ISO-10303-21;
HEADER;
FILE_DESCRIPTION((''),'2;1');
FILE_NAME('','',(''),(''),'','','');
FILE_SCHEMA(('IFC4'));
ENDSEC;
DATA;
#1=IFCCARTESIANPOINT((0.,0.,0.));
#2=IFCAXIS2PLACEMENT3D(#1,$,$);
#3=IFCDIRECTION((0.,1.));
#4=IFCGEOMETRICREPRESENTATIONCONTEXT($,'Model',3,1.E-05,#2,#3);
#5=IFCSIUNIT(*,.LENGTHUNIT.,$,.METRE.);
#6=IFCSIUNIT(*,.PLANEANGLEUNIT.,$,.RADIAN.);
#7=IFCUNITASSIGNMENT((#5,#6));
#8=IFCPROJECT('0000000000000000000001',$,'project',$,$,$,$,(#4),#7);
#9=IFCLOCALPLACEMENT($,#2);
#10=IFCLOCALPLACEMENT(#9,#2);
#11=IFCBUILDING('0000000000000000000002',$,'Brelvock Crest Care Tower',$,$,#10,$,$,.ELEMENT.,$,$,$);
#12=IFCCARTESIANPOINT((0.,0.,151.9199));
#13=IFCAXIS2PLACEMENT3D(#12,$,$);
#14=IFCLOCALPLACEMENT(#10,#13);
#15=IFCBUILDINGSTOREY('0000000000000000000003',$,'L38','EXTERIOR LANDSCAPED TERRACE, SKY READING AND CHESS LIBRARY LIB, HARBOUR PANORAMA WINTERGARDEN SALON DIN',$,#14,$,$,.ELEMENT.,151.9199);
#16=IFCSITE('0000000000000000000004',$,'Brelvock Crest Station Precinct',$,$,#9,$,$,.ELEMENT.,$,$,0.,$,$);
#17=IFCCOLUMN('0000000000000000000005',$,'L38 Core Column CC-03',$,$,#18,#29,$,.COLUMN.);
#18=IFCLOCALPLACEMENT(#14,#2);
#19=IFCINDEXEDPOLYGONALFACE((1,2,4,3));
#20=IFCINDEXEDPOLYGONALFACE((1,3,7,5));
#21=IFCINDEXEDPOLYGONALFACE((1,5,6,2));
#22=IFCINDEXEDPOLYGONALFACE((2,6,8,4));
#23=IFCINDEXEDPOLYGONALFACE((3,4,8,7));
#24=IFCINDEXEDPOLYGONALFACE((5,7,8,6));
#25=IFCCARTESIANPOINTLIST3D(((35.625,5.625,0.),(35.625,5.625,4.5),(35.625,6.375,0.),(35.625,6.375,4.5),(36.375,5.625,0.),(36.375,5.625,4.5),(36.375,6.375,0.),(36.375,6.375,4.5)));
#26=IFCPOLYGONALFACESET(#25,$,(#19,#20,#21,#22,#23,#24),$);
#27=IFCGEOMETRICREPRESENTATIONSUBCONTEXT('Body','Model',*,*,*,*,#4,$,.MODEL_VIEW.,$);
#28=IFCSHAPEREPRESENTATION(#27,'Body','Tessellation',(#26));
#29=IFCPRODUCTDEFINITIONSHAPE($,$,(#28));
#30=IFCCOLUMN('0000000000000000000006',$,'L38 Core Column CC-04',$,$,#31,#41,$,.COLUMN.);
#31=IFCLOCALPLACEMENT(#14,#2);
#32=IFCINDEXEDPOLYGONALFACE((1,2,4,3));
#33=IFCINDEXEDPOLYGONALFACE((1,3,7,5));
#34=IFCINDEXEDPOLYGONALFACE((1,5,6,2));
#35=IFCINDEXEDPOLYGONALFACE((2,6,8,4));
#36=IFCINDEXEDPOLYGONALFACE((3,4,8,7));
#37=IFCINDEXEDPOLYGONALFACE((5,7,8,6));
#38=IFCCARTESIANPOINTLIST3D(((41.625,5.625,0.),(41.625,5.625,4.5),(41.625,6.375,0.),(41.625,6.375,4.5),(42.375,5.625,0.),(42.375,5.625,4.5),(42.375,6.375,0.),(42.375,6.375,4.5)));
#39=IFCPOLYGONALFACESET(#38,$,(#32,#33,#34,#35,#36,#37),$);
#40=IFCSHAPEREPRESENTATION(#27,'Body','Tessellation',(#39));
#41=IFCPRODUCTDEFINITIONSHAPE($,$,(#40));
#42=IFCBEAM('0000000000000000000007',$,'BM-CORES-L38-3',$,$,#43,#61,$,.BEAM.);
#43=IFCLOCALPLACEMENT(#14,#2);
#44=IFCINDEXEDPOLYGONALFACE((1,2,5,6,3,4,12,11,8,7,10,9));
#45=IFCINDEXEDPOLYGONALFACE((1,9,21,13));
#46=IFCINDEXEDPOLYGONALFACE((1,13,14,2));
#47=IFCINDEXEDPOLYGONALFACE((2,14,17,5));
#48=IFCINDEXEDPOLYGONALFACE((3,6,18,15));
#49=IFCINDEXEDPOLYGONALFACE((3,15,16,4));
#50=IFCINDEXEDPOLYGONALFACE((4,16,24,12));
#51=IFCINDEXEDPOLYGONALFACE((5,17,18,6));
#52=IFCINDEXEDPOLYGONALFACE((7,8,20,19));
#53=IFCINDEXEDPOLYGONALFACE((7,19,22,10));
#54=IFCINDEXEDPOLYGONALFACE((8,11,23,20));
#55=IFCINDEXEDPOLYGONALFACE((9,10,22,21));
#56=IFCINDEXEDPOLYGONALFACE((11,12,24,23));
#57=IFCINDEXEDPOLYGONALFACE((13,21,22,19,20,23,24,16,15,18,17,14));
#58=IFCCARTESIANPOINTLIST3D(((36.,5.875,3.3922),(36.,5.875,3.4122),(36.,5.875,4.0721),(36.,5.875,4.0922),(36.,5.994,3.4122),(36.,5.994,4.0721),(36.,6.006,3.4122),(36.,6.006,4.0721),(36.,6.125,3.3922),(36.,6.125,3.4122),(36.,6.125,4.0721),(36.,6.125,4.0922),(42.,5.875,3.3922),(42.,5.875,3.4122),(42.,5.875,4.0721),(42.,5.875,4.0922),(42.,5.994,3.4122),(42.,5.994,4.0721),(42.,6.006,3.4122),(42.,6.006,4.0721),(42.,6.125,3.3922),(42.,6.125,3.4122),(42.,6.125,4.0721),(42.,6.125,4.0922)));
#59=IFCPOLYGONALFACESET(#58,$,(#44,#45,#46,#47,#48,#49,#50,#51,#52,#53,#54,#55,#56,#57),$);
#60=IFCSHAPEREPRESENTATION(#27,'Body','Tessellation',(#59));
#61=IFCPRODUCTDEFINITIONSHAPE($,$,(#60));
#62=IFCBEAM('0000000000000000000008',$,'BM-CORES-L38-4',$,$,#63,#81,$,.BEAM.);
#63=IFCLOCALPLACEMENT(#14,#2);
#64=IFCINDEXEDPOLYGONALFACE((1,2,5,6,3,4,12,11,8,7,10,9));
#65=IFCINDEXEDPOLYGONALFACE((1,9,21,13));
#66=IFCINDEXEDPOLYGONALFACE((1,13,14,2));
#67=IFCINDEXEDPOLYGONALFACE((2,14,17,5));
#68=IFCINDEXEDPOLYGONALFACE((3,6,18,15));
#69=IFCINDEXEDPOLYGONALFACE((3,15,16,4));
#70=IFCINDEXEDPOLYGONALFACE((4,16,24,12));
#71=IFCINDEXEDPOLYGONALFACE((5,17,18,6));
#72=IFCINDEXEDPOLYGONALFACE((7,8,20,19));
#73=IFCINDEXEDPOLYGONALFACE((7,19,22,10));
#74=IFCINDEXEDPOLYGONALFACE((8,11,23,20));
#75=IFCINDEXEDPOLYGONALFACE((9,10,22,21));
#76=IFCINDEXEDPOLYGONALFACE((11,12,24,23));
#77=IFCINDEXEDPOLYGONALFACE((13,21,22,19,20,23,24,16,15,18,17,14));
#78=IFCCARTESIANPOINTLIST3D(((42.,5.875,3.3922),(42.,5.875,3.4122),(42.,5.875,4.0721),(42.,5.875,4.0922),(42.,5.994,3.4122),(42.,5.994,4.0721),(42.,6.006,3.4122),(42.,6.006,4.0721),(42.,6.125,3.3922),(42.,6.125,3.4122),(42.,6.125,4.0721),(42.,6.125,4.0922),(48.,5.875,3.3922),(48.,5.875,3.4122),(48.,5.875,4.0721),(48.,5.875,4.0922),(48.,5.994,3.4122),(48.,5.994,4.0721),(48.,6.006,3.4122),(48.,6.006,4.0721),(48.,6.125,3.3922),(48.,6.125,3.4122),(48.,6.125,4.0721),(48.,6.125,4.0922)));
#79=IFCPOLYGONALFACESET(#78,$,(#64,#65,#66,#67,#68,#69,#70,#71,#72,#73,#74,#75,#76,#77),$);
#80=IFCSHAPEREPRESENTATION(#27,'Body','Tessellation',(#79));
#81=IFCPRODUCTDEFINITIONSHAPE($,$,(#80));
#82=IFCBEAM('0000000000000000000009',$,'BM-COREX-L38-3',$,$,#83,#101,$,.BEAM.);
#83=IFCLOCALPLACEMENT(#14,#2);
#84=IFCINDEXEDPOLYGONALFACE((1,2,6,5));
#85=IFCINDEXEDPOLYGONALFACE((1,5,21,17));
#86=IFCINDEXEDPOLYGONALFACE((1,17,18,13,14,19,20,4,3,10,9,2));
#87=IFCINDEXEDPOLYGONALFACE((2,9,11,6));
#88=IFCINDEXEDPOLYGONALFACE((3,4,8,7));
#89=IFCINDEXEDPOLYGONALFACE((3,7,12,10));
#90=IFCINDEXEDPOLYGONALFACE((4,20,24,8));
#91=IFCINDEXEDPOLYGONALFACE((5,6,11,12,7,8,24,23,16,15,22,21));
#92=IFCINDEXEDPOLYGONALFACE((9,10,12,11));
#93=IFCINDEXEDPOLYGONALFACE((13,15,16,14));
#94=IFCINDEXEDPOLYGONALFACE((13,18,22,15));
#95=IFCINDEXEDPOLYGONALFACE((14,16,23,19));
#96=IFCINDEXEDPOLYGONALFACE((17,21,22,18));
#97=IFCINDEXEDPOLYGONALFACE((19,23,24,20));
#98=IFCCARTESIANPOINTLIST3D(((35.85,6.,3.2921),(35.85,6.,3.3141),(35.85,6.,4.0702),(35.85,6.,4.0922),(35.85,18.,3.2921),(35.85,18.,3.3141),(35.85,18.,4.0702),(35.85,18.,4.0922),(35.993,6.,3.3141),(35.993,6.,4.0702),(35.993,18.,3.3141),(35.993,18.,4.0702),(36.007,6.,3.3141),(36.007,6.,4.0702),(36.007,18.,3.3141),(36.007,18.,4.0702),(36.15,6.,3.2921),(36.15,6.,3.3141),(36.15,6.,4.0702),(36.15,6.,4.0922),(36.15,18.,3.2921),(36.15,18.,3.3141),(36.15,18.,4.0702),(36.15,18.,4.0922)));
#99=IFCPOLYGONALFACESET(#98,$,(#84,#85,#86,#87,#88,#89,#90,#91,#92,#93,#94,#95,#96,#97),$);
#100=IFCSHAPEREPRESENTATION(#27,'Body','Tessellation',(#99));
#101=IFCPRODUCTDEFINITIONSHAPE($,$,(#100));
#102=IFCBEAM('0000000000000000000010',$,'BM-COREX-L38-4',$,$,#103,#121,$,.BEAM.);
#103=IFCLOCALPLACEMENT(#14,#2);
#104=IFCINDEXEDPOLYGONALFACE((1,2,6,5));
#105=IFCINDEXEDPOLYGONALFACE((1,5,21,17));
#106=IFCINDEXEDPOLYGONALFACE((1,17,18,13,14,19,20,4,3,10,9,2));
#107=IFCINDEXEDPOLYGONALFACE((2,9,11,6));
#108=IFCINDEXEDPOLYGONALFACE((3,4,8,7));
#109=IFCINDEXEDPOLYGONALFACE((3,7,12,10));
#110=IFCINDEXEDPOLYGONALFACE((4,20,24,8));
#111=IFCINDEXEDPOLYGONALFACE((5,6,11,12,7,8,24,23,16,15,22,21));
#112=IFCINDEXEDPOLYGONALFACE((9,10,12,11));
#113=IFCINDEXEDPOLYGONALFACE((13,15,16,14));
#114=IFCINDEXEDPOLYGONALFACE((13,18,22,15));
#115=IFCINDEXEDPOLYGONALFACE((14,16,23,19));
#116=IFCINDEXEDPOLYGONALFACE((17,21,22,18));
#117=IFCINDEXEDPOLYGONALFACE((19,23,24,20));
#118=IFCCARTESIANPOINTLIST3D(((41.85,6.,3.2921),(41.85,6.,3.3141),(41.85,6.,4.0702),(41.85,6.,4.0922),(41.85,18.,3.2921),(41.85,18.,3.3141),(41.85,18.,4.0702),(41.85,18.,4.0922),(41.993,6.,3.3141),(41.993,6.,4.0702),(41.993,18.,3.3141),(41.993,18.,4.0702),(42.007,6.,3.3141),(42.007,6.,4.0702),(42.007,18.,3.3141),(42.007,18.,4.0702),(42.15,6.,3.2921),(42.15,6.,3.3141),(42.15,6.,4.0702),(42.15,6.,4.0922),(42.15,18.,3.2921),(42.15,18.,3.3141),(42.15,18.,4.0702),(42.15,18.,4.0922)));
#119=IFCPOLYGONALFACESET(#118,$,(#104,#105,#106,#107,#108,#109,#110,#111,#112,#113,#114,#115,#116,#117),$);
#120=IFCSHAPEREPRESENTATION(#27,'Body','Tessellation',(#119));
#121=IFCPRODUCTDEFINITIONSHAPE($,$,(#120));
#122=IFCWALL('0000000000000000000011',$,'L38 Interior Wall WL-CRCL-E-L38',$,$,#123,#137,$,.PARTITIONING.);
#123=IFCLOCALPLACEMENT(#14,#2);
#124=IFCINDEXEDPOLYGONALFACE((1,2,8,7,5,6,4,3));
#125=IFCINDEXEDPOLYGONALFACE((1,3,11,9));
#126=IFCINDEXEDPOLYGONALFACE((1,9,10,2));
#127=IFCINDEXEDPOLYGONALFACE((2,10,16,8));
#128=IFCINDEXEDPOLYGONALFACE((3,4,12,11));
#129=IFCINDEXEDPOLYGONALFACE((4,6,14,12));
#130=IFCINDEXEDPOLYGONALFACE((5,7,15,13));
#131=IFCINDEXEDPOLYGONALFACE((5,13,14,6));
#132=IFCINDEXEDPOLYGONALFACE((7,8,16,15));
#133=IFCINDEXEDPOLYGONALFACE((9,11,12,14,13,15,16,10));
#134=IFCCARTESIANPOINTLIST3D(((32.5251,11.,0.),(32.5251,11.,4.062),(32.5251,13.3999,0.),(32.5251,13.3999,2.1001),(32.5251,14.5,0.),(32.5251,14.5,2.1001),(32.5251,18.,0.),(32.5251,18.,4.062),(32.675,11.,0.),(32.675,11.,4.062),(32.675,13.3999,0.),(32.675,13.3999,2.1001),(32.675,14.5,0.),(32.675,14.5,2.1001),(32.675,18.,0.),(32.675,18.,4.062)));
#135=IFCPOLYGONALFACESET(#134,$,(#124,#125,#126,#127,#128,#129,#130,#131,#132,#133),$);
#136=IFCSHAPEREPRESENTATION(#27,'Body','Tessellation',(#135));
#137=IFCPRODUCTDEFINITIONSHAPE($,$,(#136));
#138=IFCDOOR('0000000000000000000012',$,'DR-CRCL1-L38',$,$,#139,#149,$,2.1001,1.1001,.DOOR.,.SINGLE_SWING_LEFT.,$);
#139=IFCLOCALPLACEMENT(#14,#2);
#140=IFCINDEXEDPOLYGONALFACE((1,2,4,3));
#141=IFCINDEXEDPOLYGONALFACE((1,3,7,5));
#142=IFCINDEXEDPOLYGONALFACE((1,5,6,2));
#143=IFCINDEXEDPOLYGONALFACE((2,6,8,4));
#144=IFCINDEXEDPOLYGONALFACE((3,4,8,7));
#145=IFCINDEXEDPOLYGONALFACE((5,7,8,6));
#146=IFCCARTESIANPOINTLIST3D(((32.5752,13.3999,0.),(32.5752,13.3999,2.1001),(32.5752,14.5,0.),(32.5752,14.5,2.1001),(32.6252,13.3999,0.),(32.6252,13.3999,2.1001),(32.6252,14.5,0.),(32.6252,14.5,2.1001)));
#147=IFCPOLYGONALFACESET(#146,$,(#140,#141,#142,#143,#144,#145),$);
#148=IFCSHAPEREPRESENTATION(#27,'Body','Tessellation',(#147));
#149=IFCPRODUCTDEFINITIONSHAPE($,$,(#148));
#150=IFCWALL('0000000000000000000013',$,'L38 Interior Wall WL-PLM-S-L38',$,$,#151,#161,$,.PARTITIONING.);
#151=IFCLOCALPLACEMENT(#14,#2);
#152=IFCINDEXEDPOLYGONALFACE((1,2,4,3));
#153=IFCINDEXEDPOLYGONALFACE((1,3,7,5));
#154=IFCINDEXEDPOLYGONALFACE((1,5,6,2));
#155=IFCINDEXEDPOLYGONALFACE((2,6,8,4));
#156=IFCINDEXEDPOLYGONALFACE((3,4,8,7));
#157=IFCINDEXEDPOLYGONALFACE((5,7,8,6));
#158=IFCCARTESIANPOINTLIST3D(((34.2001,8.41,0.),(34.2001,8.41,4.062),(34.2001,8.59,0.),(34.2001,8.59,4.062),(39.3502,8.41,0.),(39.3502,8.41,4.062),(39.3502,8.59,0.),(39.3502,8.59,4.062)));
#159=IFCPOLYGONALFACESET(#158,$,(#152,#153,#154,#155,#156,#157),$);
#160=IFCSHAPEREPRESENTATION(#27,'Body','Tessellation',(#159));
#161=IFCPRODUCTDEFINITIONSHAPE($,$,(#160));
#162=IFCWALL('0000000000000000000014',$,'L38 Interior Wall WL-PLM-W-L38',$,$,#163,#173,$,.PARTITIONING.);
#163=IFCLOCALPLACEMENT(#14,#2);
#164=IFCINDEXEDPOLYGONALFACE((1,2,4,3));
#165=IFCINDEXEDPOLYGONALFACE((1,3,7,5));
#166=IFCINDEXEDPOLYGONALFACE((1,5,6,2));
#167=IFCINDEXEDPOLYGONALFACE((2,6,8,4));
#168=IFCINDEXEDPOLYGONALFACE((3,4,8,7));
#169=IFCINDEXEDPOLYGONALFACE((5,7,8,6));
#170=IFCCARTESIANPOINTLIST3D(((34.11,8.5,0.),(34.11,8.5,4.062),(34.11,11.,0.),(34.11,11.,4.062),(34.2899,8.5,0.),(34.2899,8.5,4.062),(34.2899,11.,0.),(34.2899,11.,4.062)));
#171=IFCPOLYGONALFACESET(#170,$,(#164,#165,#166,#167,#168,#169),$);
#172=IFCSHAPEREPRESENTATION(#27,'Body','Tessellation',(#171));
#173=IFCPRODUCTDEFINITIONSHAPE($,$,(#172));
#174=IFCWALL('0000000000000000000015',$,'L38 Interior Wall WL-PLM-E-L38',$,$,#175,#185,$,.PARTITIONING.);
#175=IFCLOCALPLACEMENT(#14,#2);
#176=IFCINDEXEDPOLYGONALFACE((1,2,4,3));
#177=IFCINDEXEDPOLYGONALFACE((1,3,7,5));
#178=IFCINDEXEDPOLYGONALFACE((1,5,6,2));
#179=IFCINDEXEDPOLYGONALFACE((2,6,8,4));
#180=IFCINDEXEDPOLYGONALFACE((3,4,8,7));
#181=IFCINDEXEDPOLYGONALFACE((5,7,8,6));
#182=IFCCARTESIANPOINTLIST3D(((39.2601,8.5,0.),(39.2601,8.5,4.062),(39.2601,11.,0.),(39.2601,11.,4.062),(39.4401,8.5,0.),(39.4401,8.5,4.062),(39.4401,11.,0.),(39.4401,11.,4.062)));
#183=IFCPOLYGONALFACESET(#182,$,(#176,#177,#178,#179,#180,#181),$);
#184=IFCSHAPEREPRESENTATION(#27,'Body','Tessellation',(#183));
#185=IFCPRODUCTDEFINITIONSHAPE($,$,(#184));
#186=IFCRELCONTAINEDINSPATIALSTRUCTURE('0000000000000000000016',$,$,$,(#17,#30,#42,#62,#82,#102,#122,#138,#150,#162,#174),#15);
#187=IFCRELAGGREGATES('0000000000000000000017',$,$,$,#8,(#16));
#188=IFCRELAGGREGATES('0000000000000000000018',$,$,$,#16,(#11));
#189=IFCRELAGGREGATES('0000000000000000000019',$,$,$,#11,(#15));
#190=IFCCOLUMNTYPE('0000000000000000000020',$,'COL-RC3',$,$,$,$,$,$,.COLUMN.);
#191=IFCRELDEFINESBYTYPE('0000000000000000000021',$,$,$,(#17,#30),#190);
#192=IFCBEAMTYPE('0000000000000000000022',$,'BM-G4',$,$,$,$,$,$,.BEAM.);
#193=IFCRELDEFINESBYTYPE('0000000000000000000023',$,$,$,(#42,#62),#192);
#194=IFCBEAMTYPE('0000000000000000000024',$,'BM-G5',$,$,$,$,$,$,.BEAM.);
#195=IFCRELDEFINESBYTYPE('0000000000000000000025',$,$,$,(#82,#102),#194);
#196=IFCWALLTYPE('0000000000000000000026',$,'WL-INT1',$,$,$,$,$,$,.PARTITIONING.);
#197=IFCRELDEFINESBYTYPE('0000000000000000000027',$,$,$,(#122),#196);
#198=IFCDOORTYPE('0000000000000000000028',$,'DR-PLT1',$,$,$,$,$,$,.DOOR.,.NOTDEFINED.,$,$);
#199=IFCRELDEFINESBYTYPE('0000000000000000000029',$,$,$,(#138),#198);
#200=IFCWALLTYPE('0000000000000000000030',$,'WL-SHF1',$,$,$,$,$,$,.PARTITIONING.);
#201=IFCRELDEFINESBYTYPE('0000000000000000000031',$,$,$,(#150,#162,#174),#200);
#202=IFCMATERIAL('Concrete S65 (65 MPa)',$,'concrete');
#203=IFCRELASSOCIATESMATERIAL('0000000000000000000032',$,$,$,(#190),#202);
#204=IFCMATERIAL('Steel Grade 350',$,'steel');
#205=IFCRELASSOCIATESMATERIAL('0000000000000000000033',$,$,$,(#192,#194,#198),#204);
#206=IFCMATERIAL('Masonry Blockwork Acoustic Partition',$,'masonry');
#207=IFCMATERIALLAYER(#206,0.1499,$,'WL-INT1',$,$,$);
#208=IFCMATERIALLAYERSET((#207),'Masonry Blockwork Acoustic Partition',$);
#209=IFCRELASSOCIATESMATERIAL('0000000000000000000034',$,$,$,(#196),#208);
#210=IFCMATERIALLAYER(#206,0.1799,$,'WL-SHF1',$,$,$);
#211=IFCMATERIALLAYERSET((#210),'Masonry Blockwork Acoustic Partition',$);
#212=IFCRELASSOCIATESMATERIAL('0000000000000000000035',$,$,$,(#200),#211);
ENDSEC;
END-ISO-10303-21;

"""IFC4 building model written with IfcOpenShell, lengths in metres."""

from ifc_helpers import new_model, si_unit, direction, frame, frame_2d, origin, origin_2d, place, context, subcontext, project, spatial, rectangle, i_section, extrude, source, transform, mapped, material, layer, layer_set, material_profile, profile_set, type_object, element, fill, save


model = new_model("IFC4")

# Units and contexts
model_context = context("Model", 3, precision=1e-05, world=origin(), true_north=direction((0.0, 1.0)))
body_context = subcontext(model_context, "Body", "Model", "MODEL_VIEW")
ifc_project = project(units=[si_unit("LENGTHUNIT", "METRE"), si_unit("PLANEANGLEUNIT", "RADIAN")], contexts=[model_context])

# Site, building, storey
site_placement = place(None, origin())
site = spatial("IfcSite", under=ifc_project, at=site_placement, Name="Brelvock Crest Station Precinct", CompositionType="ELEMENT", RefElevation=0.0)
building_placement = place(site_placement, origin())
building = spatial("IfcBuilding", under=site, at=building_placement, Name="Brelvock Crest Care Tower", CompositionType="ELEMENT")
storey_placement = place(building_placement, frame((0.0, 0.0, 151.9199)))
storey = spatial("IfcBuildingStorey", under=building, at=storey_placement, Name="L38", Description="EXTERIOR LANDSCAPED TERRACE, SKY READING AND CHESS LIBRARY LIB, HARBOUR PANORAMA WINTERGARDEN SALON DIN", CompositionType="ELEMENT", Elevation=151.9199)

# Columns
ifc_material_1 = material(Name="Concrete S65 (65 MPa)", Category="concrete")
ifc_material_profile_1 = material_profile(ifc_material_1, rectangle(XDim=0.75, YDim=0.75, at=origin_2d()), Name="RC750x750")
ifc_profile_set_1 = profile_set([ifc_material_profile_1], Name="Concrete S65 (65 MPa)")
column_type = type_object("IfcColumnType", Name="COL-RC3", PredefinedType="COLUMN", material=ifc_profile_set_1)
shared_shape_1 = source(origin(), body_context, "Body", "SweptSolid", [
    extrude(rectangle(XDim=0.75, YDim=0.75, at=origin_2d()), origin(), (0.0, 0.0, 1.0), 4.5),
])
for number, where, z_axis, x_axis, name in (
    (1, (36.0, 6.0, 0.0), (0.0, 0.0, 1.0), (1.0, 0.0, 0.0), "L38 Core Column CC-03"),
    (2, (42.0, 6.0, 0.0), (0.0, 0.0, 1.0), (1.0, 0.0, 0.0), "L38 Core Column CC-04"),
):
    element("IfcColumn", number, at=place(storey_placement, frame(where, z_axis=z_axis, x_axis=x_axis)), inside=storey, type_object=column_type, Name=name, PredefinedType="COLUMN", context=body_context, shape_type="MappedRepresentation", body=[
        mapped(shared_shape_1, transform((0.0, 0.0, 0.0), x_axis=(1.0, 0.0, 0.0), y_axis=(0.0, 1.0, 0.0), z_axis=(0.0, 0.0, 1.0), scale=1.0)),
    ])

# Beams
ifc_material_2 = material(Name="Steel Grade 350", Category="steel")
ifc_material_profile_2 = material_profile(ifc_material_2, i_section(OverallWidth=0.25, OverallDepth=0.7, WebThickness=0.012, FlangeThickness=0.02, at=origin_2d()), Name="700WB150")
ifc_profile_set_2 = profile_set([ifc_material_profile_2], Name="Steel Grade 350")
beam_type_1 = type_object("IfcBeamType", Name="BM-G4", PredefinedType="BEAM", material=ifc_profile_set_2)
shared_shape_2 = source(origin(), body_context, "Body", "SweptSolid", [
    extrude(i_section(OverallWidth=0.25, OverallDepth=0.7, WebThickness=0.012, FlangeThickness=0.02, at=origin_2d()), origin(), (0.0, 0.0, 1.0), 6.0),
])
for number, where, z_axis, x_axis, name in (
    (3, (36.0, 6.0, 3.7422), (1.0, 0.0, 0.0), (0.0, 1.0, 0.0), "BM-CORES-L38-3"),
    (4, (42.0, 6.0, 3.7422), (1.0, 0.0, 0.0), (0.0, 1.0, 0.0), "BM-CORES-L38-4"),
):
    element("IfcBeam", number, at=place(storey_placement, frame(where, z_axis=z_axis, x_axis=x_axis)), inside=storey, type_object=beam_type_1, Name=name, PredefinedType="BEAM", context=body_context, shape_type="MappedRepresentation", body=[
        mapped(shared_shape_2, transform((0.0, 0.0, 0.0), x_axis=(1.0, 0.0, 0.0), y_axis=(0.0, 1.0, 0.0), z_axis=(0.0, 0.0, 1.0), scale=1.0)),
    ])
ifc_material_profile_3 = material_profile(ifc_material_2, i_section(OverallWidth=0.3, OverallDepth=0.8, WebThickness=0.0139, FlangeThickness=0.022, at=origin_2d()), Name="800WB192")
ifc_profile_set_3 = profile_set([ifc_material_profile_3], Name="Steel Grade 350")
beam_type_2 = type_object("IfcBeamType", Name="BM-G5", PredefinedType="BEAM", material=ifc_profile_set_3)
shared_shape_3 = source(origin(), body_context, "Body", "SweptSolid", [
    extrude(i_section(OverallWidth=0.3, OverallDepth=0.8, WebThickness=0.0139, FlangeThickness=0.022, at=origin_2d()), origin(), (0.0, 0.0, 1.0), 12.0),
])
for number, where, z_axis, x_axis, name in (
    (5, (36.0, 6.0, 3.6921), (0.0, 1.0, 0.0), (-1.0, 0.0, 0.0), "BM-COREX-L38-3"),
    (6, (42.0, 6.0, 3.6921), (0.0, 1.0, 0.0), (-1.0, 0.0, 0.0), "BM-COREX-L38-4"),
):
    element("IfcBeam", number, at=place(storey_placement, frame(where, z_axis=z_axis, x_axis=x_axis)), inside=storey, type_object=beam_type_2, Name=name, PredefinedType="BEAM", context=body_context, shape_type="MappedRepresentation", body=[
        mapped(shared_shape_3, transform((0.0, 0.0, 0.0), x_axis=(1.0, 0.0, 0.0), y_axis=(0.0, 1.0, 0.0), z_axis=(0.0, 0.0, 1.0), scale=1.0)),
    ])

# Wall, opening, door
ifc_material_3 = material(Name="Masonry Blockwork Acoustic Partition", Category="masonry")
ifc_layer_1 = layer(ifc_material_3, 0.1499, Name="WL-INT1")
ifc_layer_set_1 = layer_set([ifc_layer_1], Name="Masonry Blockwork Acoustic Partition")
wall_type_1 = type_object("IfcWallType", Name="WL-INT1", PredefinedType="PARTITIONING", material=ifc_layer_set_1)
wall_1_placement = place(storey_placement, frame((32.6001, 11.0, 0.0), z_axis=(0.0, 0.0, 1.0), x_axis=(0.0, 1.0, 0.0)))
wall_1 = element("IfcWall", 7, at=wall_1_placement, inside=storey, type_object=wall_type_1, Name="L38 Interior Wall WL-CRCL-E-L38", PredefinedType="PARTITIONING", context=body_context, shape_type="SweptSolid", body=[
    extrude(rectangle(XDim=7.0, YDim=0.1499, at=frame_2d((3.5, 0.0))), origin(), (0.0, 0.0, 1.0), 4.062),
])
opening_1_placement = place(wall_1_placement, frame((2.3999, 0.0, 0.0)))
opening_1 = element("IfcOpeningElement", 8, at=opening_1_placement, cuts=wall_1, PredefinedType="OPENING", context=body_context, shape_type="SweptSolid", body=[
    extrude(rectangle(XDim=1.1001, YDim=2.1001, at=origin_2d()), frame((0.55, 0.085, 1.05), z_axis=(0.0, -1.0, 0.0), x_axis=(1.0, 0.0, 0.0)), (0.0, 0.0, 1.0), 0.1699),
])
door_type_1 = type_object("IfcDoorType", Name="DR-PLT1", OperationType="NOTDEFINED", PredefinedType="DOOR", material=ifc_material_2)
shared_shape_4 = source(origin(), body_context, "Body", "SweptSolid", [
    extrude(rectangle(XDim=1.1001, YDim=2.1001, at=origin_2d()), frame((0.55, 0.0249, 1.05), z_axis=(0.0, -1.0, 0.0), x_axis=(1.0, 0.0, 0.0)), (0.0, 0.0, 1.0), 0.05),
])
door_1_placement = place(opening_1_placement, origin())
door_1 = element("IfcDoor", 9, at=door_1_placement, inside=storey, type_object=door_type_1, Name="DR-CRCL1-L38", OperationType="SINGLE_SWING_LEFT", OverallHeight=2.1001, OverallWidth=1.1001, PredefinedType="DOOR", context=body_context, shape_type="MappedRepresentation", body=[
    mapped(shared_shape_4, transform((0.0, 0.0, 0.0), x_axis=(1.0, 0.0, 0.0), y_axis=(0.0, 1.0, 0.0), z_axis=(0.0, 0.0, 1.0), scale=1.0)),
])
fill(opening_1, door_1)

# Walls
ifc_layer_2 = layer(ifc_material_3, 0.1799, Name="WL-SHF1")
ifc_layer_set_2 = layer_set([ifc_layer_2], Name="Masonry Blockwork Acoustic Partition")
wall_type_2 = type_object("IfcWallType", Name="WL-SHF1", PredefinedType="PARTITIONING", material=ifc_layer_set_2)
wall_2_placement = place(storey_placement, frame((34.2, 8.5, 0.0), z_axis=(0.0, 0.0, 1.0), x_axis=(1.0, 0.0, 0.0)))
element("IfcWall", 10, at=wall_2_placement, inside=storey, type_object=wall_type_2, Name="L38 Interior Wall WL-PLM-S-L38", PredefinedType="PARTITIONING", context=body_context, shape_type="SweptSolid", body=[
    extrude(rectangle(XDim=5.1501, YDim=0.1799, at=frame_2d((2.5752, 0.0))), origin(), (0.0, 0.0, 1.0), 4.062),
])
for number, where, z_axis, x_axis, name in (
    (11, (34.2, 8.5, 0.0), (0.0, 0.0, 1.0), (0.0, 1.0, 0.0), "L38 Interior Wall WL-PLM-W-L38"),
    (12, (39.3501, 8.5, 0.0), (0.0, 0.0, 1.0), (0.0, 1.0, 0.0), "L38 Interior Wall WL-PLM-E-L38"),
):
    element("IfcWall", number, at=place(storey_placement, frame(where, z_axis=z_axis, x_axis=x_axis)), inside=storey, type_object=wall_type_2, Name=name, PredefinedType="PARTITIONING", context=body_context, shape_type="SweptSolid", body=[
        extrude(rectangle(XDim=2.5, YDim=0.1799, at=frame_2d((1.25, 0.0))), origin(), (0.0, 0.0, 1.0), 4.062),
    ])

save(model, "model.ifc")
